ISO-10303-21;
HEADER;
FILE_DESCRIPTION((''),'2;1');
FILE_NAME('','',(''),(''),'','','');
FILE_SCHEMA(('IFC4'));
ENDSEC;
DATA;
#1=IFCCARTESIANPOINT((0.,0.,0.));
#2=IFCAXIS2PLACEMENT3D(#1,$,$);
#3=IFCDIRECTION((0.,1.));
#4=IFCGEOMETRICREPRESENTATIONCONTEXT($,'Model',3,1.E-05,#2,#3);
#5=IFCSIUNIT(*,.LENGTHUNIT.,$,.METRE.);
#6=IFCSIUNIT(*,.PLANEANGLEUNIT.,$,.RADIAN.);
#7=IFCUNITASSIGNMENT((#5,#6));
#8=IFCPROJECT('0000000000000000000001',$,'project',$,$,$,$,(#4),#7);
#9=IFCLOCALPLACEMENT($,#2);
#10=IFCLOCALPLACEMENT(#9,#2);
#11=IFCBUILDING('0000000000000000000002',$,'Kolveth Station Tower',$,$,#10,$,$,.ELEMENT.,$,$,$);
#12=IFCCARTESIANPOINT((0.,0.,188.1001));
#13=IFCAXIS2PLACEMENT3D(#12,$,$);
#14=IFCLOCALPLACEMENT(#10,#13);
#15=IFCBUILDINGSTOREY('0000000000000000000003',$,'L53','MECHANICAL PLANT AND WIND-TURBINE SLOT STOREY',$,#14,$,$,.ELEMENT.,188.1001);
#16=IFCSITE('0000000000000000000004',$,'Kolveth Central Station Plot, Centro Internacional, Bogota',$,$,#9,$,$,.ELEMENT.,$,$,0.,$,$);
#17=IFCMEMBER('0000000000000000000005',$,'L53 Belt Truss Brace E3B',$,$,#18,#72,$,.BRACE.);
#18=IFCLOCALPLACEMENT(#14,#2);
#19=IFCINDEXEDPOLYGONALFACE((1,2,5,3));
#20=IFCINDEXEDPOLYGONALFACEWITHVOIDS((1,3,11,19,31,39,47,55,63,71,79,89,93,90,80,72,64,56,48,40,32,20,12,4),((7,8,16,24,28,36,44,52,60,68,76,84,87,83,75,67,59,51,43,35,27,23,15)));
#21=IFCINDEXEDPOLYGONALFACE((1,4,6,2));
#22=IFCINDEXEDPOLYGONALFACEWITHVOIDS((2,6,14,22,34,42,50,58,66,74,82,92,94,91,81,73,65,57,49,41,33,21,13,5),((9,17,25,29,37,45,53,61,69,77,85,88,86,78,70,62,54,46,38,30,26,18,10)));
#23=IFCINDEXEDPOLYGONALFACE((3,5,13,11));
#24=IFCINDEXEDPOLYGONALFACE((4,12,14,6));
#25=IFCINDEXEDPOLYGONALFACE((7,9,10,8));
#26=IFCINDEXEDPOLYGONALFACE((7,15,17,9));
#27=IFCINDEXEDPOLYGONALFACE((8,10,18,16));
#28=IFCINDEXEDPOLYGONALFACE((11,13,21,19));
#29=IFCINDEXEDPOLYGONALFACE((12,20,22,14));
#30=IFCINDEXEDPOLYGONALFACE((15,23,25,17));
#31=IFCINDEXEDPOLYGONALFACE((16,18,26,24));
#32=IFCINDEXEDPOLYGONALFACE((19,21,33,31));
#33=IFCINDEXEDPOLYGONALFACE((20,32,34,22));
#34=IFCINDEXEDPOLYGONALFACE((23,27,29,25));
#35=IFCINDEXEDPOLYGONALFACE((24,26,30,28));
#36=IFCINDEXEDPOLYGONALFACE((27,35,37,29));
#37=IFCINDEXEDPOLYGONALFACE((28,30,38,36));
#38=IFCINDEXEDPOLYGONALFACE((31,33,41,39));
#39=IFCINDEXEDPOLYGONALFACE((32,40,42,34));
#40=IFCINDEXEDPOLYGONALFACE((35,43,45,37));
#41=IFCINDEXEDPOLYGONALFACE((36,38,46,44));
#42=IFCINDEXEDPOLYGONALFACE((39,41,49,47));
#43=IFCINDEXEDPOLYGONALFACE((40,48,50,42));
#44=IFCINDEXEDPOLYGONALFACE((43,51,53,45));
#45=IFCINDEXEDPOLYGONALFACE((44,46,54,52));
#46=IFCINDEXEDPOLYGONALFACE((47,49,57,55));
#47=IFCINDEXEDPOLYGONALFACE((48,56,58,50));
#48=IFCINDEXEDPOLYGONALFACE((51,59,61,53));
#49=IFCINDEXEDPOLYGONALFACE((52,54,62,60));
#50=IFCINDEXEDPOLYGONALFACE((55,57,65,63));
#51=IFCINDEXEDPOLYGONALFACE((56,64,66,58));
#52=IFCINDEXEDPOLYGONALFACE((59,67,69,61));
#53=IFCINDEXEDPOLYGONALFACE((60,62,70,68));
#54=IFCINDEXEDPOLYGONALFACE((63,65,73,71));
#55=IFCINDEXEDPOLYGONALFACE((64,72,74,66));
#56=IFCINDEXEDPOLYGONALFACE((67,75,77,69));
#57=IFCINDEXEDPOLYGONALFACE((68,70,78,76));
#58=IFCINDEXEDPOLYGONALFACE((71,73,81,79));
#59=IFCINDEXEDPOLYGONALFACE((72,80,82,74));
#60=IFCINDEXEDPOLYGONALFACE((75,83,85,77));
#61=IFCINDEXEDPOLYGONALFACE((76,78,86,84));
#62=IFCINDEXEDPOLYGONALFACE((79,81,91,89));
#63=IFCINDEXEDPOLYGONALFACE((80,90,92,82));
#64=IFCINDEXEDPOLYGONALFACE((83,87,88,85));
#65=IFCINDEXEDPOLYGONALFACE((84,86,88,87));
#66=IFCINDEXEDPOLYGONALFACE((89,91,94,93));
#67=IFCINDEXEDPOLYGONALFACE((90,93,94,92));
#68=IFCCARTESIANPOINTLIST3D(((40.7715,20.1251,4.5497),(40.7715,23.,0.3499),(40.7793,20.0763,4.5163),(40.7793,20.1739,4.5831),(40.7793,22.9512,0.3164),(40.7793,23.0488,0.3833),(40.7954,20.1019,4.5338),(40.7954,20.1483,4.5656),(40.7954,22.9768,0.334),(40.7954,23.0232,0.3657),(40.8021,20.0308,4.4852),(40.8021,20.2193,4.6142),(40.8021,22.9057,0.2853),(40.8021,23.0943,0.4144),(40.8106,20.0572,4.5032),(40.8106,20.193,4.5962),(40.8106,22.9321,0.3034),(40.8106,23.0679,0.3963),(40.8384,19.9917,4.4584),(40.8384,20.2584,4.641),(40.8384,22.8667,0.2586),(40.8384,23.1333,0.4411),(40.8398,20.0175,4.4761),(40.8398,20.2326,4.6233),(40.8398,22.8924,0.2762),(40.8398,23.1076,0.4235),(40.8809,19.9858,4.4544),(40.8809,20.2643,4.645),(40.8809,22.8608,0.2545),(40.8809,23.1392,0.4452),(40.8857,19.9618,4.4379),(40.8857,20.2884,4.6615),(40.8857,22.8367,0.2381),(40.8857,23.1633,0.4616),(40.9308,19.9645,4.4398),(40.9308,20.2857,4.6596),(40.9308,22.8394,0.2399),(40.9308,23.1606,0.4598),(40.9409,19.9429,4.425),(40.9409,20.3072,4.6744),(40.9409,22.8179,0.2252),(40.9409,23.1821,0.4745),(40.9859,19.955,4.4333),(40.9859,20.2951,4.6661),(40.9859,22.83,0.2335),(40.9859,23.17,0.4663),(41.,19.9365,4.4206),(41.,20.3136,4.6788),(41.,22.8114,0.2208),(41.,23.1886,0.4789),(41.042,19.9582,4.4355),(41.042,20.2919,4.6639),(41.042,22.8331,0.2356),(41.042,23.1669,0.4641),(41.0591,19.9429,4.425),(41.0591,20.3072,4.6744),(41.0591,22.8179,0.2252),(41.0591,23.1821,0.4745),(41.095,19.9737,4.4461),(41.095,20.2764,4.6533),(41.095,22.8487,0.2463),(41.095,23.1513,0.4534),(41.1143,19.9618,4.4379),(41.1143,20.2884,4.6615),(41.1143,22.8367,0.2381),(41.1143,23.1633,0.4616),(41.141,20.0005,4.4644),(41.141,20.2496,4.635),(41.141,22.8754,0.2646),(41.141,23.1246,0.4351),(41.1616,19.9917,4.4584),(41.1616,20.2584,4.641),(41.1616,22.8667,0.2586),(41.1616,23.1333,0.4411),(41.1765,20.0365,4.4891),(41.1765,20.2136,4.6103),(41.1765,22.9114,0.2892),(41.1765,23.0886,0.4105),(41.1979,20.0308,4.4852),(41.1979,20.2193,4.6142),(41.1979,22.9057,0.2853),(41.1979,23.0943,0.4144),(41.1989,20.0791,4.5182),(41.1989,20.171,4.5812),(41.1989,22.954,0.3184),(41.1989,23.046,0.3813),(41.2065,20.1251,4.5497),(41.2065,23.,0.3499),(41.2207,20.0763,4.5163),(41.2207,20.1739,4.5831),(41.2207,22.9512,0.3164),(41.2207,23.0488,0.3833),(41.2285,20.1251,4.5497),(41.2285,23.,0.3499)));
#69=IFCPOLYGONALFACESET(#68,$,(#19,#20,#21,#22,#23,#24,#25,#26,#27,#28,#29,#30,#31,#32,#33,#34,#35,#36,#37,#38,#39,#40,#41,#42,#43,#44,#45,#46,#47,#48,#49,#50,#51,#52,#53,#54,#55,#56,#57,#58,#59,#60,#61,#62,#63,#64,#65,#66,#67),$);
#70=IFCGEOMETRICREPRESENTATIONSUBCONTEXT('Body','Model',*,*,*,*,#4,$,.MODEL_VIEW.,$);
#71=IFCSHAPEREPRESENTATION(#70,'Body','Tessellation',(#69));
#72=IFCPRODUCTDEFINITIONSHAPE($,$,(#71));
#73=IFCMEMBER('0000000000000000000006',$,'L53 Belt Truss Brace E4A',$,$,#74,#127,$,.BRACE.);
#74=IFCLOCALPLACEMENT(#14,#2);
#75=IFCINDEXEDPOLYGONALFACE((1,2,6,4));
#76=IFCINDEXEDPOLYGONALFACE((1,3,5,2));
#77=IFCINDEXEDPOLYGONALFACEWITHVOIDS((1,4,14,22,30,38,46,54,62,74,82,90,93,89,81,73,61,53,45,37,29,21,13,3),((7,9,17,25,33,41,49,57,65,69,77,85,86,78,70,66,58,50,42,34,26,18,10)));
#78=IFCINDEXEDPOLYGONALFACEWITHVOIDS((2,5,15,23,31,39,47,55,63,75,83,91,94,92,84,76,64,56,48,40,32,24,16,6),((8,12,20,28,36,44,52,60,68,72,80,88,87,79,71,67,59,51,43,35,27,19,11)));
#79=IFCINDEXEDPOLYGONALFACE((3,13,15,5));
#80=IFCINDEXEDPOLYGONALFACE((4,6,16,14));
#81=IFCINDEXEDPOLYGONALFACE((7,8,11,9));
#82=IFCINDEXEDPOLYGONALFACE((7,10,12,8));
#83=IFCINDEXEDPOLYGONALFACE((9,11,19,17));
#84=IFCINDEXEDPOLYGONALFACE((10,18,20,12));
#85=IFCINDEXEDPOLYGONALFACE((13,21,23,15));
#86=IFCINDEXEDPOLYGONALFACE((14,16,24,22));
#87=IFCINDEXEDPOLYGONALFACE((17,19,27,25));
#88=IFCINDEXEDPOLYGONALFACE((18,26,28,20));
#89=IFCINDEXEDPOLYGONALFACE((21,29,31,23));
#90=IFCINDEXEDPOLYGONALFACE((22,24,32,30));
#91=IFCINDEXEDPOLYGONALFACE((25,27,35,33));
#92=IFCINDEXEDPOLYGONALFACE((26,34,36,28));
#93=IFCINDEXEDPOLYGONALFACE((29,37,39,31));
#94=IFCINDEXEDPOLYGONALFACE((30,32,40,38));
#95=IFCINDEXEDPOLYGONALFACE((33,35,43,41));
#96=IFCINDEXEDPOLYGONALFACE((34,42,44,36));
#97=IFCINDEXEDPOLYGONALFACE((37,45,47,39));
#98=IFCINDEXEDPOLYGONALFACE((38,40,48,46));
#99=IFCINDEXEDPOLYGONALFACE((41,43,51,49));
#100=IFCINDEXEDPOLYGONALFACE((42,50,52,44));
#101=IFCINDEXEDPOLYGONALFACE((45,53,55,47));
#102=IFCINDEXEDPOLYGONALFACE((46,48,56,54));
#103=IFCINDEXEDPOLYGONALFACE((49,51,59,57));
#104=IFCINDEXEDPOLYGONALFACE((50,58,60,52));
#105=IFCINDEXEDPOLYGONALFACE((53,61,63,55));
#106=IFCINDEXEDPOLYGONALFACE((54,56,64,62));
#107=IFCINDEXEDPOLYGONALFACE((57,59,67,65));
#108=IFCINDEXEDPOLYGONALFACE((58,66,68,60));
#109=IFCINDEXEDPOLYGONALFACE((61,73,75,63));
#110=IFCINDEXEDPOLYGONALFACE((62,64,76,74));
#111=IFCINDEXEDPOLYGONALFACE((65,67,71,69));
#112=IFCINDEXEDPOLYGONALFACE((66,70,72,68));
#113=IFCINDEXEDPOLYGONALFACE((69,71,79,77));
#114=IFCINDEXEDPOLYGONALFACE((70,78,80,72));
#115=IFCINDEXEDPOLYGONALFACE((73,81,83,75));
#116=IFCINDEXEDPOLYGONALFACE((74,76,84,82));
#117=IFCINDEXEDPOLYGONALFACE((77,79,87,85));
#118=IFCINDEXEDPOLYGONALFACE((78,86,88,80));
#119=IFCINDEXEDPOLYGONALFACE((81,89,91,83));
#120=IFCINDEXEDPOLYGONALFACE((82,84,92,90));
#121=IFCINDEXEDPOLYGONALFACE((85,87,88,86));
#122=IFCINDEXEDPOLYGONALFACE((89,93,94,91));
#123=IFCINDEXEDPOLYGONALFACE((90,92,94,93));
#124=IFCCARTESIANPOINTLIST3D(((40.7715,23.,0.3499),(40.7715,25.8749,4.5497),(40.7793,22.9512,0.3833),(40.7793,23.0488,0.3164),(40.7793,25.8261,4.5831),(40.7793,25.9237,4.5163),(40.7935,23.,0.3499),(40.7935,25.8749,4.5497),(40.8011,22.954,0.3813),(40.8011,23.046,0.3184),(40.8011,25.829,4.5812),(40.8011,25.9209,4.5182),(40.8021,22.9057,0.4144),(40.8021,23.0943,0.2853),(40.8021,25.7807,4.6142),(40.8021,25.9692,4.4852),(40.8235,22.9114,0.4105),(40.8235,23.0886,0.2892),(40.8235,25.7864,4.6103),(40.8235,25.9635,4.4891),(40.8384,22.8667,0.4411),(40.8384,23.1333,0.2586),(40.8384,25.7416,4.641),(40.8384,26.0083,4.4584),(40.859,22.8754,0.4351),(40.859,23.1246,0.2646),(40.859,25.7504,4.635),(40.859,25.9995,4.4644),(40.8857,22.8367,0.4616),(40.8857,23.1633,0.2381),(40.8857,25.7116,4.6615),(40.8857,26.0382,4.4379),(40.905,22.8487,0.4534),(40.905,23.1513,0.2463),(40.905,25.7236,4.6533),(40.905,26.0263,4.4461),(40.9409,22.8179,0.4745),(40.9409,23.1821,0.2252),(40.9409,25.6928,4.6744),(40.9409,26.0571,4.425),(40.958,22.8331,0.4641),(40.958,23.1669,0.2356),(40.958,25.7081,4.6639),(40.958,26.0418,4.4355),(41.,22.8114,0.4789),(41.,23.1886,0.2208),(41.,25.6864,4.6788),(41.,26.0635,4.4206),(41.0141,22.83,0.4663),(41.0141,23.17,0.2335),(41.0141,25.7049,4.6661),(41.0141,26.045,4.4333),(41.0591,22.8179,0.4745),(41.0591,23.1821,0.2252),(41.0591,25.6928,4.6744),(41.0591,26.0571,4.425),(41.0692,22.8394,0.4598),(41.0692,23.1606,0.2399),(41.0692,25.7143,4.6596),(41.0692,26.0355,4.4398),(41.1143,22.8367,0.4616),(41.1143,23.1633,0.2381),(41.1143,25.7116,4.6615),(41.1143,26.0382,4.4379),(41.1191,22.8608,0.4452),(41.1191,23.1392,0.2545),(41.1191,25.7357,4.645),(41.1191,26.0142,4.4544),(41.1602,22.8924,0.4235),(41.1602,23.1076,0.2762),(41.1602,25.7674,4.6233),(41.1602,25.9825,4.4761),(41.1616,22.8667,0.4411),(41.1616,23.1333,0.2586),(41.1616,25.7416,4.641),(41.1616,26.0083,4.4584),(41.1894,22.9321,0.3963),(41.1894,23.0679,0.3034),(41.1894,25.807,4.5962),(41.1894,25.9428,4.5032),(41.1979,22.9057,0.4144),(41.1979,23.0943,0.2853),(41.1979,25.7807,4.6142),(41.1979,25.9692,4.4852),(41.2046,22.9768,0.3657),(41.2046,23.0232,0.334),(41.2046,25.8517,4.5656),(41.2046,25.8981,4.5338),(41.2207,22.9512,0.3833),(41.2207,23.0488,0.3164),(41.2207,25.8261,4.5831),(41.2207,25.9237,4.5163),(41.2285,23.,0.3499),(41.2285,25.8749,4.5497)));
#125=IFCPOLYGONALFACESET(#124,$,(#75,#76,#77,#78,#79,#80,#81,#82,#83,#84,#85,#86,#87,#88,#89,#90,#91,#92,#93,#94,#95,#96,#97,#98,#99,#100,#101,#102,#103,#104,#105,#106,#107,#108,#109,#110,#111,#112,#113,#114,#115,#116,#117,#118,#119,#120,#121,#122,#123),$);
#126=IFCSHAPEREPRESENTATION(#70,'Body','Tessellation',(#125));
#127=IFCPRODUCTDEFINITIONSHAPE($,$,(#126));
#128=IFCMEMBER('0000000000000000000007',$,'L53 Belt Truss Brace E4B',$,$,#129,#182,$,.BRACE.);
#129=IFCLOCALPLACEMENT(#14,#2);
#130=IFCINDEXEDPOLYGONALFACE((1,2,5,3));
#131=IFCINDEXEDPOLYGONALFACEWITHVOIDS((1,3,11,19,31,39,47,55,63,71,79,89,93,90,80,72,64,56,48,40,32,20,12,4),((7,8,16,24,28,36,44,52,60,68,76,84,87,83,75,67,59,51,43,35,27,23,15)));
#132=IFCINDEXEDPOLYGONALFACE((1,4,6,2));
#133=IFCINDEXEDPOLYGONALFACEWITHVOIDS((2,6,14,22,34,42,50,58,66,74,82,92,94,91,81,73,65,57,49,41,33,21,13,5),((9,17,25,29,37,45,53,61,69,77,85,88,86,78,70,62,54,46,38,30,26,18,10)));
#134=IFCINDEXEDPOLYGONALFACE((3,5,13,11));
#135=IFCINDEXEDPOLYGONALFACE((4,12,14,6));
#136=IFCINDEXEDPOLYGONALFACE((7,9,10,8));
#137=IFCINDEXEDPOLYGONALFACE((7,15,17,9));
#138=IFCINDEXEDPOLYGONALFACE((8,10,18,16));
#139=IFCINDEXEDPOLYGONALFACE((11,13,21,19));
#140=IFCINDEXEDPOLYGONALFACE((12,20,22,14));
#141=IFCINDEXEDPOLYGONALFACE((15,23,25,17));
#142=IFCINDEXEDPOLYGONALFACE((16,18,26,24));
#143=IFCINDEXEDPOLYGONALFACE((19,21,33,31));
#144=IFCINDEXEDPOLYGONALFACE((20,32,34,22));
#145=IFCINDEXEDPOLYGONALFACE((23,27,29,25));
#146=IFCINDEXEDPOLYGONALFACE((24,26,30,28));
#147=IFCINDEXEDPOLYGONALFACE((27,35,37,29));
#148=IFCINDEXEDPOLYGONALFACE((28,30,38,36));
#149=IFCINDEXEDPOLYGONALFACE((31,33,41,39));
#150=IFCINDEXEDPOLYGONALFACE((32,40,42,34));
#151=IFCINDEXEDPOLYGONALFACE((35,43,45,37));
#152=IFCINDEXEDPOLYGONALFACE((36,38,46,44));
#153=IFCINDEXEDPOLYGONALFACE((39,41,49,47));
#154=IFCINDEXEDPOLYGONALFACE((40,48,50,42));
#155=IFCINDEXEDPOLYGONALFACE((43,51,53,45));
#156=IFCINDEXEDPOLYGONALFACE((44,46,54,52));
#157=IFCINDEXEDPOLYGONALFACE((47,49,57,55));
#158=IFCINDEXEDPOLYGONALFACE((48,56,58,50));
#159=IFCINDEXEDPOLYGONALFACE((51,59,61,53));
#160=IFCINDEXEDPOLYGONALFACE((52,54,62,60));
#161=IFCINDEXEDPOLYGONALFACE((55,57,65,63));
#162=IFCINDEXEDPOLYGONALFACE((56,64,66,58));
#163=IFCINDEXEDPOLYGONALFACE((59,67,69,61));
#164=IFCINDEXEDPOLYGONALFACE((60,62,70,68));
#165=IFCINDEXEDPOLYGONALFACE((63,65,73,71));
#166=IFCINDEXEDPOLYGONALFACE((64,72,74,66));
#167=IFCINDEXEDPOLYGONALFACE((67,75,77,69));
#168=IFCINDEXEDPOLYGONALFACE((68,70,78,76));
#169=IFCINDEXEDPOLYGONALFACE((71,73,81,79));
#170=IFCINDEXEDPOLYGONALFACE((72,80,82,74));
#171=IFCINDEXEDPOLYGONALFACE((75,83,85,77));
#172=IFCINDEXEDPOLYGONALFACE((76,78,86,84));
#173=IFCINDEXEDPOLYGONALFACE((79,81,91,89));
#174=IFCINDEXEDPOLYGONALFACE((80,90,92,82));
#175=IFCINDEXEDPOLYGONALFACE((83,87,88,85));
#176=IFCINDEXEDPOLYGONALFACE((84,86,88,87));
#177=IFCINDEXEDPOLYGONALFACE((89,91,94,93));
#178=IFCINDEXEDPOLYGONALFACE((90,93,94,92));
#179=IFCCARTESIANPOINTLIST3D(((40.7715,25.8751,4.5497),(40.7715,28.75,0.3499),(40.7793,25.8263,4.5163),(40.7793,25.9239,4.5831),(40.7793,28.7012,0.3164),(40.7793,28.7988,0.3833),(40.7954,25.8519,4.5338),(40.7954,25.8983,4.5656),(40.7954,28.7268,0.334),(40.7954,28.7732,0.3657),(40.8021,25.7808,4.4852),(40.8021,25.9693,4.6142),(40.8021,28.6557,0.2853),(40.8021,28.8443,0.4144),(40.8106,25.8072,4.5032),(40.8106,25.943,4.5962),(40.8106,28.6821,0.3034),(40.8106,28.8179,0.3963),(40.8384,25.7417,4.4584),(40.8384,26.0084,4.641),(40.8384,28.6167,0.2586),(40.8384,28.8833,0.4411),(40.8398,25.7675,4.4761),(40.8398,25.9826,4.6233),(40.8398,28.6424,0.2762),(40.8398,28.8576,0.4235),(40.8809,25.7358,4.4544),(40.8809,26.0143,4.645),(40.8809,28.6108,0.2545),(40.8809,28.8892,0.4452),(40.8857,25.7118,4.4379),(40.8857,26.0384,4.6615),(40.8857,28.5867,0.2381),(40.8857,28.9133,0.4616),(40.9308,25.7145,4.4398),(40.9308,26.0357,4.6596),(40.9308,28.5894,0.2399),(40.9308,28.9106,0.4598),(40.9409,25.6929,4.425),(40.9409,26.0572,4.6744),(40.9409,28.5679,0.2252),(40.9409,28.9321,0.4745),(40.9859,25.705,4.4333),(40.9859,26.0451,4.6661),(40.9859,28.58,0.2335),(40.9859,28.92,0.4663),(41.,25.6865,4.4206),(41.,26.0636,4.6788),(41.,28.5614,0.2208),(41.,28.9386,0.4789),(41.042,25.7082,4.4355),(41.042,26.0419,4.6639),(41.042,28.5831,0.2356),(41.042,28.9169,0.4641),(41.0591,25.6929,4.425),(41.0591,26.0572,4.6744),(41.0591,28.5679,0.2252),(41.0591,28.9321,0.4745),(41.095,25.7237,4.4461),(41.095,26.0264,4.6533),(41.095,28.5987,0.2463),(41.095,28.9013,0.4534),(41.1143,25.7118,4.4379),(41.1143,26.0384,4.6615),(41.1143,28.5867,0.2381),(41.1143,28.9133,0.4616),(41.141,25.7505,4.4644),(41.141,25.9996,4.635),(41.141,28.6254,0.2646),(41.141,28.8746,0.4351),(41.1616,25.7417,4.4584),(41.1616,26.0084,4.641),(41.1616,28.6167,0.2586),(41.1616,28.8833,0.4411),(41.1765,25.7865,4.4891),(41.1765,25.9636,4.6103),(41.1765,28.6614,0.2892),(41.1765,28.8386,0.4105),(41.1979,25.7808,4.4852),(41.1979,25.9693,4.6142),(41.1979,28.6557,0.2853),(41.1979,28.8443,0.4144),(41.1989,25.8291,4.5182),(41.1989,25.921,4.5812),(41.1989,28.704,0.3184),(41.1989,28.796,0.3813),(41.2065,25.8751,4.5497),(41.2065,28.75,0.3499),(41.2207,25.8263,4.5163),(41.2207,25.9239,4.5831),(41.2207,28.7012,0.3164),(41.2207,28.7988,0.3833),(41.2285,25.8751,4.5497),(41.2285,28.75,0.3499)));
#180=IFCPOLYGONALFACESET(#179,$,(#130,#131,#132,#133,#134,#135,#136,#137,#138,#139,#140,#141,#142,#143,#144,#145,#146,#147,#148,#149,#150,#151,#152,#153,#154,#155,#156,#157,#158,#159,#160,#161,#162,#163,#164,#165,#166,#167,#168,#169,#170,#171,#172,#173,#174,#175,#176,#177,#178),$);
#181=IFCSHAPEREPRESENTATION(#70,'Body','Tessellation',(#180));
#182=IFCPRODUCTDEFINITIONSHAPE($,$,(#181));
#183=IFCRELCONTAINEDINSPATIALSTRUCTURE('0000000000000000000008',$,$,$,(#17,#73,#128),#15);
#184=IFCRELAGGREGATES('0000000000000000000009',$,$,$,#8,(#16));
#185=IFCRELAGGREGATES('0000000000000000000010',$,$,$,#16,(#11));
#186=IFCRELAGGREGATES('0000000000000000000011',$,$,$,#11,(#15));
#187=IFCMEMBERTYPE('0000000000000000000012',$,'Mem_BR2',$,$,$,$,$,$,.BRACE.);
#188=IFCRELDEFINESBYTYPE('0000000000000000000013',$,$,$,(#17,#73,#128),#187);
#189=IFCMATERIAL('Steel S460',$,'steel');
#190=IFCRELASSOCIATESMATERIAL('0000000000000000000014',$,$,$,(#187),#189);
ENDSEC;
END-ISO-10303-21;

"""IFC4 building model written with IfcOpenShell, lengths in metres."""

from ifc_helpers import new_model, si_unit, direction, frame, origin, origin_2d, place, context, subcontext, project, spatial, hollow_circle, extrude, source, transform, mapped, material, material_profile, profile_set, type_object, element, save


model = new_model("IFC4")

# Units and contexts
model_context = context("Model", 3, precision=1e-05, world=origin(), true_north=direction((0.0, 1.0)))
body_context = subcontext(model_context, "Body", "Model", "MODEL_VIEW")
ifc_project = project(units=[si_unit("LENGTHUNIT", "METRE"), si_unit("PLANEANGLEUNIT", "RADIAN")], contexts=[model_context])

# Site, building, storey
site_placement = place(None, origin())
site = spatial("IfcSite", under=ifc_project, at=site_placement, Name="Kolveth Central Station Plot, Centro Internacional, Bogota", CompositionType="ELEMENT", RefElevation=0.0)
building_placement = place(site_placement, origin())
building = spatial("IfcBuilding", under=site, at=building_placement, Name="Kolveth Station Tower", CompositionType="ELEMENT")
storey_placement = place(building_placement, frame((0.0, 0.0, 188.1001)))
storey = spatial("IfcBuildingStorey", under=building, at=storey_placement, Name="L53", Description="MECHANICAL PLANT AND WIND-TURBINE SLOT STOREY", CompositionType="ELEMENT", Elevation=188.1001)

# Members
ifc_material_1 = material(Name="Steel S460", Category="steel")
ifc_material_profile_1 = material_profile(ifc_material_1, hollow_circle(Radius=0.2285, WallThickness=0.022, at=origin_2d()), Name="CHS457x22")
ifc_profile_set_1 = profile_set([ifc_material_profile_1], Name="Steel S460")
member_type_1 = type_object("IfcMemberType", Name="Mem_BR2", PredefinedType="BRACE", material=ifc_profile_set_1)
shared_shape_1 = source(origin(), body_context, "Body", "SweptSolid", [
    extrude(hollow_circle(Radius=0.2285, WallThickness=0.022, at=origin_2d()), origin(), (0.0, 0.0, 1.0), 5.0896),
])
for number, where, z_axis, x_axis, name in (
    (1, (41.0, 23.0, 0.3499), (0.0, -0.564864, 0.825184), (1.0, 0.0, 0.0), "L53 Belt Truss Brace E3B"),
    (2, (41.0, 23.0, 0.3499), (0.0, 0.564864, 0.825184), (-1.0, 0.0, 0.0), "L53 Belt Truss Brace E4A"),
    (3, (41.0, 28.75, 0.3499), (0.0, -0.564864, 0.825184), (1.0, 0.0, 0.0), "L53 Belt Truss Brace E4B"),
):
    element("IfcMember", number, at=place(storey_placement, frame(where, z_axis=z_axis, x_axis=x_axis)), inside=storey, type_object=member_type_1, Name=name, PredefinedType="BRACE", context=body_context, shape_type="MappedRepresentation", body=[
        mapped(shared_shape_1, transform((0.0, 0.0, 0.0), x_axis=(1.0, 0.0, 0.0), y_axis=(0.0, 1.0, 0.0), z_axis=(0.0, 0.0, 1.0), scale=1.0)),
    ])

save(model, "model.ifc")
